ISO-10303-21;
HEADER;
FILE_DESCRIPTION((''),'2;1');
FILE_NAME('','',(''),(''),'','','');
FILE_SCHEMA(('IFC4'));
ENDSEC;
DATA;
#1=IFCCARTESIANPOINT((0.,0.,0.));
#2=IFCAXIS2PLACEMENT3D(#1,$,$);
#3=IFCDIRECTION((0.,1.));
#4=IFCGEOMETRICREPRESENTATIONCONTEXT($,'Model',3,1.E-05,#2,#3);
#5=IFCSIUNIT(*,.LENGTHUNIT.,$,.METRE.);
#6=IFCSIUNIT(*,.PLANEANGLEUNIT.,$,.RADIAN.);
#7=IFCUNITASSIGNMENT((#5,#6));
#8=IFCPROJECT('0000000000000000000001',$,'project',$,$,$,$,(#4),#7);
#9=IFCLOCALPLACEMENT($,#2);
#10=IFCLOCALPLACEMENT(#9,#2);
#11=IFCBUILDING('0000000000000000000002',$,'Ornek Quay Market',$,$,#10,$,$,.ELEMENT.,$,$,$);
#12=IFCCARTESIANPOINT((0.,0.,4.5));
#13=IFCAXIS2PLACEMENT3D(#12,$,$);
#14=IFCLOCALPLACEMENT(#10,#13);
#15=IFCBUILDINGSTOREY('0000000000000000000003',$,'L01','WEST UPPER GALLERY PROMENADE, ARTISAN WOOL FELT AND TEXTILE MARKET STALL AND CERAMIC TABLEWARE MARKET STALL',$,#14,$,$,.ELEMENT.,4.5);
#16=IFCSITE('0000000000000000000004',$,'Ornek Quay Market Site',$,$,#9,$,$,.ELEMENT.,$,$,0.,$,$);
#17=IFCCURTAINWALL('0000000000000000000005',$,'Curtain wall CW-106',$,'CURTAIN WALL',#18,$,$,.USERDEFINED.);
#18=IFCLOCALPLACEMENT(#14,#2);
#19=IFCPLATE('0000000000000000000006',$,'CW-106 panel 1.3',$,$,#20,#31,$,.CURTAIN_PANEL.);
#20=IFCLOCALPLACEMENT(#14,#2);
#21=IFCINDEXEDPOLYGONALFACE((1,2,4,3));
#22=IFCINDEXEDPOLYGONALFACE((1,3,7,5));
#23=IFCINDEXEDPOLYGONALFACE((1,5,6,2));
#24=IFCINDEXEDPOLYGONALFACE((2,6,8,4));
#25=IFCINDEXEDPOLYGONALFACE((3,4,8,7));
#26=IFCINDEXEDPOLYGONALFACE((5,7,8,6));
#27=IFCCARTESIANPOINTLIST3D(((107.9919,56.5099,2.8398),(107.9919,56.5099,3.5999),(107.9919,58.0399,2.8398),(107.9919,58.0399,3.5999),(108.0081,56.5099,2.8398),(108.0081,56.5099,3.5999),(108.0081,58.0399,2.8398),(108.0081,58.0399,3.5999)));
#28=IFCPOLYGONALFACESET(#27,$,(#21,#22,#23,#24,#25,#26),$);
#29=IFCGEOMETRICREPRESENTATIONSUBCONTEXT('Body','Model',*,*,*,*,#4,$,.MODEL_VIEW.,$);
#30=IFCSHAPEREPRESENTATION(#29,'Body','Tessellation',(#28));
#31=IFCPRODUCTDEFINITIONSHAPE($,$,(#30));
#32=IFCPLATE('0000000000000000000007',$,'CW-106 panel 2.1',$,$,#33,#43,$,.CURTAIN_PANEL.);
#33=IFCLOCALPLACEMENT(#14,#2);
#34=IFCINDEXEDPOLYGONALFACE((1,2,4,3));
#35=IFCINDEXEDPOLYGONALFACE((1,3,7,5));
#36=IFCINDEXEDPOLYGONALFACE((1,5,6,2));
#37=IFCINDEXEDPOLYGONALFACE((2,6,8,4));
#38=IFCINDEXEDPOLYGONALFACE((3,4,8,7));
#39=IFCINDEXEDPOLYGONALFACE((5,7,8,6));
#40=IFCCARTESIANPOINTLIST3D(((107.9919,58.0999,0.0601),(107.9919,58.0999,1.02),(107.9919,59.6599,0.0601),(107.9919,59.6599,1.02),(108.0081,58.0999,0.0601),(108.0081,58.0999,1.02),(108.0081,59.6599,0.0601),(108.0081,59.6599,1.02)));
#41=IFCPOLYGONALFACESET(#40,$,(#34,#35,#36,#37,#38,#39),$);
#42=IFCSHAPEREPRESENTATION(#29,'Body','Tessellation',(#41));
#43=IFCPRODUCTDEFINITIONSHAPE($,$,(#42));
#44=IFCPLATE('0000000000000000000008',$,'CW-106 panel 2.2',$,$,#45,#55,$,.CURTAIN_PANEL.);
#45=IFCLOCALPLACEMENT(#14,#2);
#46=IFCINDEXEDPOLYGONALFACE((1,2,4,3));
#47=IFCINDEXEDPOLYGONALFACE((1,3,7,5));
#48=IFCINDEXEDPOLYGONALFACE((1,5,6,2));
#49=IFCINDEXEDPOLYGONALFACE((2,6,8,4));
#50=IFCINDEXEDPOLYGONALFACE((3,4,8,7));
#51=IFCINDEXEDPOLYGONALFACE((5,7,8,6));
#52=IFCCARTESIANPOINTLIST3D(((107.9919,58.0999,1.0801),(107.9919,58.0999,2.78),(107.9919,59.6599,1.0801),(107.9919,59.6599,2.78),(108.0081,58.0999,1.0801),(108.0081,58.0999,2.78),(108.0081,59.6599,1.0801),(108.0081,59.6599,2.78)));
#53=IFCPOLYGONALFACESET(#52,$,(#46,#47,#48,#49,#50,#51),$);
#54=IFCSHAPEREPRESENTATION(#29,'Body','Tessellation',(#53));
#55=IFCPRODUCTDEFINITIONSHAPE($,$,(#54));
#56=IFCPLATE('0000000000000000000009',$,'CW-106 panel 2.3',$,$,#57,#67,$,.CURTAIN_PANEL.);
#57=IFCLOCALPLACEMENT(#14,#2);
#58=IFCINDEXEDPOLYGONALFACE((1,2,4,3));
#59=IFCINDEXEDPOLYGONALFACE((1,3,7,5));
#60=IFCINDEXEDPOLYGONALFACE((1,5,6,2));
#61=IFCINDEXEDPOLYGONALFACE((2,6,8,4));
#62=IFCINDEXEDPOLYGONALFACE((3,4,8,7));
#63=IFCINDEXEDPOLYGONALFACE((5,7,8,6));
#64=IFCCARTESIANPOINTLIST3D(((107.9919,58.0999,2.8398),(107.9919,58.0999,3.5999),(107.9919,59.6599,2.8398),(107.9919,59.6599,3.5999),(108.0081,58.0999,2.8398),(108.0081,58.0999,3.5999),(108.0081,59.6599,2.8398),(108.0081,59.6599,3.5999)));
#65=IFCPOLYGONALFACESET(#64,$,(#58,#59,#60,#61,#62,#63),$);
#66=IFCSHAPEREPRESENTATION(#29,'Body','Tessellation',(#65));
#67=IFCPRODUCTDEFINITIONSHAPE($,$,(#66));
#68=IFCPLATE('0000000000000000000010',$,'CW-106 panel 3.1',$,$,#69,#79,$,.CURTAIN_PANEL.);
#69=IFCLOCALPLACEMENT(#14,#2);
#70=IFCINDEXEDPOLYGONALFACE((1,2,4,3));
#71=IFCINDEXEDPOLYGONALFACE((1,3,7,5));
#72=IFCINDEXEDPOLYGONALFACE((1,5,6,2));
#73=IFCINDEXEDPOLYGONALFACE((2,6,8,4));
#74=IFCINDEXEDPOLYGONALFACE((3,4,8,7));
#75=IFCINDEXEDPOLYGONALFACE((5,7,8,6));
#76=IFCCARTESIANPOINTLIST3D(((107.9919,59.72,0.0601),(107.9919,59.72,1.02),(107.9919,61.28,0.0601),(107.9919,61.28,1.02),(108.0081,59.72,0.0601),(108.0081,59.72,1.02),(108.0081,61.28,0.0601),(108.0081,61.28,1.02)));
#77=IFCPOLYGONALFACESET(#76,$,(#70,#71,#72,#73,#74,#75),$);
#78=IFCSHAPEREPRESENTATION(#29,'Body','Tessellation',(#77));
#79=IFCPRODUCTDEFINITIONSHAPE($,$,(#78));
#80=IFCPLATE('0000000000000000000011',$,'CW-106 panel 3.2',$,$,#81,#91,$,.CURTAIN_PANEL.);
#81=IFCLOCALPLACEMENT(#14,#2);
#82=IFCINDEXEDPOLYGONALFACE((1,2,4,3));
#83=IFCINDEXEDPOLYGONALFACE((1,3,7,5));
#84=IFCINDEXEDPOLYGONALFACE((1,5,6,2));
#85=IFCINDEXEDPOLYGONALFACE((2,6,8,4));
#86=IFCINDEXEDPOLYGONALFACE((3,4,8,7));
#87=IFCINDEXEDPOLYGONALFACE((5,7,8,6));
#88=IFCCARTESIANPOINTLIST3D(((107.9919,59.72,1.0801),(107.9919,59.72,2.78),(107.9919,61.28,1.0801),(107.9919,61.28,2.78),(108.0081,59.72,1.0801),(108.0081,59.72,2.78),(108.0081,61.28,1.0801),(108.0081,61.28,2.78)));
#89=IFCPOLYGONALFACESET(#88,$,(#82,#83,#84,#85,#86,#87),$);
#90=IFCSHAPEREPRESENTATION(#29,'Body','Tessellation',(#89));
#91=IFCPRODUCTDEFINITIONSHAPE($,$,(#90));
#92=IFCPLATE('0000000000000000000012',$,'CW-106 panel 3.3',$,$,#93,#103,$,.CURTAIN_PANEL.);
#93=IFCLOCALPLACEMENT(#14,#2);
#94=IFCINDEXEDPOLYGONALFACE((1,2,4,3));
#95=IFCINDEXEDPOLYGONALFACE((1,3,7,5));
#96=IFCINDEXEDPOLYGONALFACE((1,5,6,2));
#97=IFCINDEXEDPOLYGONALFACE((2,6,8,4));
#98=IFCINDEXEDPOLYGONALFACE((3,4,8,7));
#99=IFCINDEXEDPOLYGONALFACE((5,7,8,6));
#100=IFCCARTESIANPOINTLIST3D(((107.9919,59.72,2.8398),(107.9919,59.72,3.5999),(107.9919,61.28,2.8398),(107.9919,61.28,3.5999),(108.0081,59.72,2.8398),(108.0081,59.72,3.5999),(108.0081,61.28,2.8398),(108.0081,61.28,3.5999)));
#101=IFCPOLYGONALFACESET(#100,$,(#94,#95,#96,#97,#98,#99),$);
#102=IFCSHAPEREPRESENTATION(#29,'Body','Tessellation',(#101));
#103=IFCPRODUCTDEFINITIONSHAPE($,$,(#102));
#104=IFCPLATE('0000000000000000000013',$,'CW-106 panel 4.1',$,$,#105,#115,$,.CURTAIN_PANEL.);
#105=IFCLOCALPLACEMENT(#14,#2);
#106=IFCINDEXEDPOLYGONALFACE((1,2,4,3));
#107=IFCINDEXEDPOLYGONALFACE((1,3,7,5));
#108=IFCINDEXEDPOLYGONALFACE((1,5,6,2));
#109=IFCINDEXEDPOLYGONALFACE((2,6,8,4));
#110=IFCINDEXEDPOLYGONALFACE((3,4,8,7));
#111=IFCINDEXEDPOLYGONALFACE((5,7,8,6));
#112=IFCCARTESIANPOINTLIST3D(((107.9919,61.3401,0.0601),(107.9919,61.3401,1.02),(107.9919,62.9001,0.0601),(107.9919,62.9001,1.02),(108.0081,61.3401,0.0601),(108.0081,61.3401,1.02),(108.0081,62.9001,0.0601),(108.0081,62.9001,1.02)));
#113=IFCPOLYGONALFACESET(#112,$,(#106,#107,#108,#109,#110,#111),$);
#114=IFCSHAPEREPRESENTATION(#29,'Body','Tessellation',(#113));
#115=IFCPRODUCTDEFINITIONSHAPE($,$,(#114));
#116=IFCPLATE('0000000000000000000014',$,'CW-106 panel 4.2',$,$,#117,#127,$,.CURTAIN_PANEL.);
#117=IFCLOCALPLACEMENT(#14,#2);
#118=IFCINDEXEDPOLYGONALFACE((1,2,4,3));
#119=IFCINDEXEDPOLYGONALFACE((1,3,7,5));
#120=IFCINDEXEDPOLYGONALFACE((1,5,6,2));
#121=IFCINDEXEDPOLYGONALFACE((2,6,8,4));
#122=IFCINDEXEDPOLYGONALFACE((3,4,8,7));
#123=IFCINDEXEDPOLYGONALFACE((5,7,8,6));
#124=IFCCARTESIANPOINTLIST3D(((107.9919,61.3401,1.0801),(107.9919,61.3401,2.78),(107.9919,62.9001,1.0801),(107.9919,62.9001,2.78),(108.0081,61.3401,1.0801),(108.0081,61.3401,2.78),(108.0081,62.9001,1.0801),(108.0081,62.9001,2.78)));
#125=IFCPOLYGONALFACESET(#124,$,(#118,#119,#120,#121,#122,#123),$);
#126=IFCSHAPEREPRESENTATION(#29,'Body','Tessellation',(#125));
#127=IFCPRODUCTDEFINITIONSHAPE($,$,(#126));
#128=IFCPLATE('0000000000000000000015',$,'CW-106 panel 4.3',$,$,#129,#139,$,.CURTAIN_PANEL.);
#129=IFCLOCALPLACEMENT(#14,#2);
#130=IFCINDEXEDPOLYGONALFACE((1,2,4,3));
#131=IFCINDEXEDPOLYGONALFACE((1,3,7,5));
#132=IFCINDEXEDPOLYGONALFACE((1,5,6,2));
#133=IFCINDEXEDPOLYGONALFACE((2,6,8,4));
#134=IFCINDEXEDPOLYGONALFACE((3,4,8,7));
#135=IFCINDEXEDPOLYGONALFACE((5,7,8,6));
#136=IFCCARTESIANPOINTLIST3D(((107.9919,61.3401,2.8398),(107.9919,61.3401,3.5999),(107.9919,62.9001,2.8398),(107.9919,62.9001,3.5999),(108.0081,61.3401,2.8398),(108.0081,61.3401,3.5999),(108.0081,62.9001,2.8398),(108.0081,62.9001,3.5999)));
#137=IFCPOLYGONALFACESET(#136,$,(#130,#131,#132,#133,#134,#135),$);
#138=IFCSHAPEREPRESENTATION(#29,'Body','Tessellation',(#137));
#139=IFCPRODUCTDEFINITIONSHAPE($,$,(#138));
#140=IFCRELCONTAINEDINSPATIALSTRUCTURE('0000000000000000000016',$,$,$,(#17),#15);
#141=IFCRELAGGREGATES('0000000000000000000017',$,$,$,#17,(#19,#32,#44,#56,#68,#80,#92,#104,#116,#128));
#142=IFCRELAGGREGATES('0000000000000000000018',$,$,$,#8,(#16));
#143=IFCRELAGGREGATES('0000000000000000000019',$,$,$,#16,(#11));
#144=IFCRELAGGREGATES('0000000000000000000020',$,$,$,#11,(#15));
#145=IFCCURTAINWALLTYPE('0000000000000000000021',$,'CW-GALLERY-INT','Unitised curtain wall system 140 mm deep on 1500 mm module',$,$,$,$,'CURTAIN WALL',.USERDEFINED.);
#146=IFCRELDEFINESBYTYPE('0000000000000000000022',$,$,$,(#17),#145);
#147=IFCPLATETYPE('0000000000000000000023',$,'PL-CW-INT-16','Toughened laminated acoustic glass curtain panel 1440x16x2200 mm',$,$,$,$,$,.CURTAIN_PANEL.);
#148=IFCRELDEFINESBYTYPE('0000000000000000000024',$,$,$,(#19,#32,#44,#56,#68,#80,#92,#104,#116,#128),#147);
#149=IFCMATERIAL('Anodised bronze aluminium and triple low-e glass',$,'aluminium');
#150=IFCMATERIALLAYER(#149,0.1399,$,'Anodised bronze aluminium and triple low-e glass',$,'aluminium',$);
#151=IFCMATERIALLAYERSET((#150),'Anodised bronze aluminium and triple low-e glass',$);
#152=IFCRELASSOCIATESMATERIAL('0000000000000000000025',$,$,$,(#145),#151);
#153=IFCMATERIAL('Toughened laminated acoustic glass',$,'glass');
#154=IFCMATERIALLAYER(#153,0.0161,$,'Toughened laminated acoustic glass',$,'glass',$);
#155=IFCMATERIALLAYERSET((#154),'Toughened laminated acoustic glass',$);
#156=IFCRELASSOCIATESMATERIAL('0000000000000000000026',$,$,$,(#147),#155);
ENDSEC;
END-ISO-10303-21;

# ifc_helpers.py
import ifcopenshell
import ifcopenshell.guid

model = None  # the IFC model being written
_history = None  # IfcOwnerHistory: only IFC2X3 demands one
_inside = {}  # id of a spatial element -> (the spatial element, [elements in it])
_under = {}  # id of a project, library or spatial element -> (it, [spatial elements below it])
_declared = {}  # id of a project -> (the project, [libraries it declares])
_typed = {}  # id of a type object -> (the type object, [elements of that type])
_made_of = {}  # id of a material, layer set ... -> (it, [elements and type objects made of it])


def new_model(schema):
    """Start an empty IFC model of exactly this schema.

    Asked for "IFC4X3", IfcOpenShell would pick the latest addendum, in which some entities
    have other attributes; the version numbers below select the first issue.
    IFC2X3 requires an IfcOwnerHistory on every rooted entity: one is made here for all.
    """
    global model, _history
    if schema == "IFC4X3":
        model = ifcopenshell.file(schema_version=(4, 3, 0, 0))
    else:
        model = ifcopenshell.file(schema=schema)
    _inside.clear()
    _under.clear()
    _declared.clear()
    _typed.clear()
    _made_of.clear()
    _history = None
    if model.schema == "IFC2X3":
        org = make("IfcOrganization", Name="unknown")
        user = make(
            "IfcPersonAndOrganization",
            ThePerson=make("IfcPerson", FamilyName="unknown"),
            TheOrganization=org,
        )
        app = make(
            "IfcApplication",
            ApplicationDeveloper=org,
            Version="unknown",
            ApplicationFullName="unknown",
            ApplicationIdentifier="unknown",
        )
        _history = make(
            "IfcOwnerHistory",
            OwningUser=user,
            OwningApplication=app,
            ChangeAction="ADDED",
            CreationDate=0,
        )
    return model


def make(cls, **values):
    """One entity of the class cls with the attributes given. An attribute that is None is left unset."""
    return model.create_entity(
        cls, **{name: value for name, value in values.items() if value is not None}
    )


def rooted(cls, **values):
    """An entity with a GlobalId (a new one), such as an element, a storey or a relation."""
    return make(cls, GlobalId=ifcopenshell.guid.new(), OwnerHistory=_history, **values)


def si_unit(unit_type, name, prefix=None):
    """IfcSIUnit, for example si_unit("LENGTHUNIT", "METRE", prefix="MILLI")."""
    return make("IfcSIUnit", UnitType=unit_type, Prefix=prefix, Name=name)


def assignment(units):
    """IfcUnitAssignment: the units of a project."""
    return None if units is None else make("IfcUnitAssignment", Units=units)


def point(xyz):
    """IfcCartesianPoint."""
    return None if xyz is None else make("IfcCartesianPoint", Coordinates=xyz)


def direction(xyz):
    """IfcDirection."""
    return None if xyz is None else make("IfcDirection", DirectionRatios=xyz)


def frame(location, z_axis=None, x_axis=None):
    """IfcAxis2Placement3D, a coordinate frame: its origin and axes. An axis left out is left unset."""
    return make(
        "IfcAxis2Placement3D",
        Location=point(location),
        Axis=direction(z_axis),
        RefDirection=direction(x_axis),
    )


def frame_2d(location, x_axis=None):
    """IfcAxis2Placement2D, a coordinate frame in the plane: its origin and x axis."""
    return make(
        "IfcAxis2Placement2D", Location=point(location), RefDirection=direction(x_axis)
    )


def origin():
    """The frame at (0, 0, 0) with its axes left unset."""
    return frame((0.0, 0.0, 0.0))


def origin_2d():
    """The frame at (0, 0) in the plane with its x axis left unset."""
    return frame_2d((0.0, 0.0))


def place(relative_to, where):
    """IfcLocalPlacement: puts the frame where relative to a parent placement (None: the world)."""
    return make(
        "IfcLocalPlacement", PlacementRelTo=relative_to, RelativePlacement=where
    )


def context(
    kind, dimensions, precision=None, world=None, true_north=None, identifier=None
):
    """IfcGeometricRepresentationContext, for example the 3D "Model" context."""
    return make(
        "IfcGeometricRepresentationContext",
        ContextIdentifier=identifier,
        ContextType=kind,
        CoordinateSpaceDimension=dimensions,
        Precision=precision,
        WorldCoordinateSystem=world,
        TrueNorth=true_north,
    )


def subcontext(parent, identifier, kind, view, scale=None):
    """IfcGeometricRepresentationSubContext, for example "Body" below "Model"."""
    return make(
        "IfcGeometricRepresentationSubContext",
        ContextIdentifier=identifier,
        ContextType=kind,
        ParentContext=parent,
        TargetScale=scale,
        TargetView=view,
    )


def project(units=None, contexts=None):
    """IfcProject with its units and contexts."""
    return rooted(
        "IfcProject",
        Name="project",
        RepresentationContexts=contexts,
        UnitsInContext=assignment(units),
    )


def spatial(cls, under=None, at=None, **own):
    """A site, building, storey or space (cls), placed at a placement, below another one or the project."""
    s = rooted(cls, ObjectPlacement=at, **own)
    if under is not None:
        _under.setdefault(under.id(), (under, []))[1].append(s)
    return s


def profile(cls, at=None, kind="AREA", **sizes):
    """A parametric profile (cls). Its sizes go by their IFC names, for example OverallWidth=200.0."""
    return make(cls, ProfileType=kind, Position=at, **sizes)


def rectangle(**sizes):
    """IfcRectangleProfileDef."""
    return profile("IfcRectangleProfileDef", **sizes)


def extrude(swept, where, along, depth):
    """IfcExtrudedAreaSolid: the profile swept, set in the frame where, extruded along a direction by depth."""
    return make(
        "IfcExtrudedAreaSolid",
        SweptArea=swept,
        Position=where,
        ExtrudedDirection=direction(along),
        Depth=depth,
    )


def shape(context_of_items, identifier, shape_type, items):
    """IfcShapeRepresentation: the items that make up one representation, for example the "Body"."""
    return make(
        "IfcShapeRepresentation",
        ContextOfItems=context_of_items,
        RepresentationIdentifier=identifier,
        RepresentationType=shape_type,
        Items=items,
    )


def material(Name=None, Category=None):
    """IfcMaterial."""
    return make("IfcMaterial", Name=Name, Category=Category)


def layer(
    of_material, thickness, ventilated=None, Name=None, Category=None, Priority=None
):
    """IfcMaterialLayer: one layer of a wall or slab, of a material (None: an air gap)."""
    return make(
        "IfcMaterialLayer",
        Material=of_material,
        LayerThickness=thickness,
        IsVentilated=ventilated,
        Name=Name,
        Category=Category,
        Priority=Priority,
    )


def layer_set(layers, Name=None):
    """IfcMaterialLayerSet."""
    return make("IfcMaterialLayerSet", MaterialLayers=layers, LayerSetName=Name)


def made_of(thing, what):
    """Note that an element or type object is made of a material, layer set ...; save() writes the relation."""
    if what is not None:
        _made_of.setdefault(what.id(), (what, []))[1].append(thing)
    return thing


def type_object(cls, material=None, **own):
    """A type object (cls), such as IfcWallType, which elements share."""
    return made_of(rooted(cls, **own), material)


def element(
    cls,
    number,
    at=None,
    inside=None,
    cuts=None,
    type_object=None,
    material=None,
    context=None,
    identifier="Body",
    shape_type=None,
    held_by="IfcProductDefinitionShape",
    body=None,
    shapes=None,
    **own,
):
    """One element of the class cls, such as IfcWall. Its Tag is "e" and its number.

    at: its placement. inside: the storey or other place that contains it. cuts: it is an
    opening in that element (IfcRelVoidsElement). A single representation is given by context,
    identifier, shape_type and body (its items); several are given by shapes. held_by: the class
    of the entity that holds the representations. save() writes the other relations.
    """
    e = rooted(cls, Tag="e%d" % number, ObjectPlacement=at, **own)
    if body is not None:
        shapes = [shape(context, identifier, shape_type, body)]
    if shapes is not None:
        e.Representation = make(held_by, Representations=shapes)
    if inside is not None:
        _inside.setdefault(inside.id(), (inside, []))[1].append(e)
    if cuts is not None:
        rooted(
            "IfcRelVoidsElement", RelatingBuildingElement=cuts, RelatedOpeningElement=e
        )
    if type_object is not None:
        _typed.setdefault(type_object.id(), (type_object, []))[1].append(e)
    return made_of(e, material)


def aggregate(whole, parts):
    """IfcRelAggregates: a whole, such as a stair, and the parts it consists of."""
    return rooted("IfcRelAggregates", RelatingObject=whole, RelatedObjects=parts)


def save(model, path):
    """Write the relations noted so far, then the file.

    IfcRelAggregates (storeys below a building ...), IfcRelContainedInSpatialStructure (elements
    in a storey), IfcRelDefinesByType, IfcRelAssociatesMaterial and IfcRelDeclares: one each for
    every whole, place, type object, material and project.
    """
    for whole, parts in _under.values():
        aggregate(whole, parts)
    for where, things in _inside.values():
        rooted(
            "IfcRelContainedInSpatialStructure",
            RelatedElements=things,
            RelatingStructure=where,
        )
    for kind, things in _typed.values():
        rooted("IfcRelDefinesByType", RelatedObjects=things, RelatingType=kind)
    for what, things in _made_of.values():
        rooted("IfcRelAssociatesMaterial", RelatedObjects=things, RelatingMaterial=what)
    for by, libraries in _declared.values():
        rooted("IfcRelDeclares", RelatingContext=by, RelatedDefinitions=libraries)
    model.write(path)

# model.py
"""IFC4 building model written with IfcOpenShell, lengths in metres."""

from ifc_helpers import new_model, si_unit, direction, frame, origin, origin_2d, place, context, subcontext, project, spatial, rectangle, extrude, material, layer, layer_set, type_object, element, aggregate, save


model = new_model("IFC4")

# Units and contexts
model_context = context("Model", 3, precision=1e-05, world=origin(), true_north=direction((0.0, 1.0)))
body_context = subcontext(model_context, "Body", "Model", "MODEL_VIEW")
ifc_project = project(units=[si_unit("LENGTHUNIT", "METRE"), si_unit("PLANEANGLEUNIT", "RADIAN")], contexts=[model_context])

# Site, building, storey
site_placement = place(None, origin())
site = spatial("IfcSite", under=ifc_project, at=site_placement, Name="Ornek Quay Market Site", CompositionType="ELEMENT", RefElevation=0.0)
building_placement = place(site_placement, origin())
building = spatial("IfcBuilding", under=site, at=building_placement, Name="Ornek Quay Market", CompositionType="ELEMENT")
storey_placement = place(building_placement, frame((0.0, 0.0, 4.5)))
storey = spatial("IfcBuildingStorey", under=building, at=storey_placement, Name="L01", Description="WEST UPPER GALLERY PROMENADE, ARTISAN WOOL FELT AND TEXTILE MARKET STALL AND CERAMIC TABLEWARE MARKET STALL", CompositionType="ELEMENT", Elevation=4.5)

# Curtain wall, plates
ifc_material_1 = material(Name="Anodised bronze aluminium and triple low-e glass", Category="aluminium")
ifc_layer_1 = layer(ifc_material_1, 0.1399, Name="Anodised bronze aluminium and triple low-e glass", Category="aluminium")
ifc_layer_set_1 = layer_set([ifc_layer_1], Name="Anodised bronze aluminium and triple low-e glass")
curtain_wall_type = type_object("IfcCurtainWallType", Name="CW-GALLERY-INT", Description="Unitised curtain wall system 140 mm deep on 1500 mm module", ElementType="CURTAIN WALL", PredefinedType="USERDEFINED", material=ifc_layer_set_1)
curtain_wall_placement = place(storey_placement, origin())
curtain_wall = element("IfcCurtainWall", 1, at=curtain_wall_placement, inside=storey, type_object=curtain_wall_type, Name="Curtain wall CW-106", ObjectType="CURTAIN WALL", PredefinedType="USERDEFINED")
ifc_material_2 = material(Name="Toughened laminated acoustic glass", Category="glass")
ifc_layer_2 = layer(ifc_material_2, 0.0161, Name="Toughened laminated acoustic glass", Category="glass")
ifc_layer_set_2 = layer_set([ifc_layer_2], Name="Toughened laminated acoustic glass")
plate_type = type_object("IfcPlateType", Name="PL-CW-INT-16", Description="Toughened laminated acoustic glass curtain panel 1440x16x2200 mm", PredefinedType="CURTAIN_PANEL", material=ifc_layer_set_2)
plate_1_placement = place(storey_placement, frame((108.0, 57.2749, 2.8398), z_axis=(0.0, 0.0, 1.0), x_axis=(0.0, 1.0, 0.0)))
plate_1 = element("IfcPlate", 2, at=plate_1_placement, type_object=plate_type, Name="CW-106 panel 1.3", PredefinedType="CURTAIN_PANEL", context=body_context, shape_type="SweptSolid", body=[
    extrude(rectangle(XDim=1.53, YDim=0.0161, at=origin_2d()), origin(), (0.0, 0.0, 1.0), 0.76),
])
plate_2_placement = place(storey_placement, frame((108.0, 58.8799, 0.0601), z_axis=(0.0, 0.0, 1.0), x_axis=(0.0, 1.0, 0.0)))
plate_2 = element("IfcPlate", 3, at=plate_2_placement, type_object=plate_type, Name="CW-106 panel 2.1", PredefinedType="CURTAIN_PANEL", context=body_context, shape_type="SweptSolid", body=[
    extrude(rectangle(XDim=1.5601, YDim=0.0161, at=origin_2d()), origin(), (0.0, 0.0, 1.0), 0.96),
])
plate_3_placement = place(storey_placement, frame((108.0, 58.8799, 1.0801), z_axis=(0.0, 0.0, 1.0), x_axis=(0.0, 1.0, 0.0)))
plate_3 = element("IfcPlate", 4, at=plate_3_placement, type_object=plate_type, Name="CW-106 panel 2.2", PredefinedType="CURTAIN_PANEL", context=body_context, shape_type="SweptSolid", body=[
    extrude(rectangle(XDim=1.5601, YDim=0.0161, at=origin_2d()), origin(), (0.0, 0.0, 1.0), 1.7),
])
plate_4_placement = place(storey_placement, frame((108.0, 58.8799, 2.8398), z_axis=(0.0, 0.0, 1.0), x_axis=(0.0, 1.0, 0.0)))
plate_4 = element("IfcPlate", 5, at=plate_4_placement, type_object=plate_type, Name="CW-106 panel 2.3", PredefinedType="CURTAIN_PANEL", context=body_context, shape_type="SweptSolid", body=[
    extrude(rectangle(XDim=1.5601, YDim=0.0161, at=origin_2d()), origin(), (0.0, 0.0, 1.0), 0.76),
])
plate_5_placement = place(storey_placement, frame((108.0, 60.5, 0.0601), z_axis=(0.0, 0.0, 1.0), x_axis=(0.0, 1.0, 0.0)))
plate_5 = element("IfcPlate", 6, at=plate_5_placement, type_object=plate_type, Name="CW-106 panel 3.1", PredefinedType="CURTAIN_PANEL", context=body_context, shape_type="SweptSolid", body=[
    extrude(rectangle(XDim=1.5601, YDim=0.0161, at=origin_2d()), origin(), (0.0, 0.0, 1.0), 0.96),
])
plate_6_placement = place(storey_placement, frame((108.0, 60.5, 1.0801), z_axis=(0.0, 0.0, 1.0), x_axis=(0.0, 1.0, 0.0)))
plate_6 = element("IfcPlate", 7, at=plate_6_placement, type_object=plate_type, Name="CW-106 panel 3.2", PredefinedType="CURTAIN_PANEL", context=body_context, shape_type="SweptSolid", body=[
    extrude(rectangle(XDim=1.5601, YDim=0.0161, at=origin_2d()), origin(), (0.0, 0.0, 1.0), 1.7),
])
plate_7_placement = place(storey_placement, frame((108.0, 60.5, 2.8398), z_axis=(0.0, 0.0, 1.0), x_axis=(0.0, 1.0, 0.0)))
plate_7 = element("IfcPlate", 8, at=plate_7_placement, type_object=plate_type, Name="CW-106 panel 3.3", PredefinedType="CURTAIN_PANEL", context=body_context, shape_type="SweptSolid", body=[
    extrude(rectangle(XDim=1.5601, YDim=0.0161, at=origin_2d()), origin(), (0.0, 0.0, 1.0), 0.76),
])
plate_8_placement = place(storey_placement, frame((108.0, 62.1201, 0.0601), z_axis=(0.0, 0.0, 1.0), x_axis=(0.0, 1.0, 0.0)))
plate_8 = element("IfcPlate", 9, at=plate_8_placement, type_object=plate_type, Name="CW-106 panel 4.1", PredefinedType="CURTAIN_PANEL", context=body_context, shape_type="SweptSolid", body=[
    extrude(rectangle(XDim=1.5601, YDim=0.0161, at=origin_2d()), origin(), (0.0, 0.0, 1.0), 0.96),
])
plate_9_placement = place(storey_placement, frame((108.0, 62.1201, 1.0801), z_axis=(0.0, 0.0, 1.0), x_axis=(0.0, 1.0, 0.0)))
plate_9 = element("IfcPlate", 10, at=plate_9_placement, type_object=plate_type, Name="CW-106 panel 4.2", PredefinedType="CURTAIN_PANEL", context=body_context, shape_type="SweptSolid", body=[
    extrude(rectangle(XDim=1.5601, YDim=0.0161, at=origin_2d()), origin(), (0.0, 0.0, 1.0), 1.7),
])
plate_10_placement = place(storey_placement, frame((108.0, 62.1201, 2.8398), z_axis=(0.0, 0.0, 1.0), x_axis=(0.0, 1.0, 0.0)))
plate_10 = element("IfcPlate", 11, at=plate_10_placement, type_object=plate_type, Name="CW-106 panel 4.3", PredefinedType="CURTAIN_PANEL", context=body_context, shape_type="SweptSolid", body=[
    extrude(rectangle(XDim=1.5601, YDim=0.0161, at=origin_2d()), origin(), (0.0, 0.0, 1.0), 0.76),
])
aggregate(curtain_wall, [plate_1, plate_2, plate_3, plate_4, plate_5, plate_6, plate_7, plate_8, plate_9, plate_10])

save(model, "model.ifc")
